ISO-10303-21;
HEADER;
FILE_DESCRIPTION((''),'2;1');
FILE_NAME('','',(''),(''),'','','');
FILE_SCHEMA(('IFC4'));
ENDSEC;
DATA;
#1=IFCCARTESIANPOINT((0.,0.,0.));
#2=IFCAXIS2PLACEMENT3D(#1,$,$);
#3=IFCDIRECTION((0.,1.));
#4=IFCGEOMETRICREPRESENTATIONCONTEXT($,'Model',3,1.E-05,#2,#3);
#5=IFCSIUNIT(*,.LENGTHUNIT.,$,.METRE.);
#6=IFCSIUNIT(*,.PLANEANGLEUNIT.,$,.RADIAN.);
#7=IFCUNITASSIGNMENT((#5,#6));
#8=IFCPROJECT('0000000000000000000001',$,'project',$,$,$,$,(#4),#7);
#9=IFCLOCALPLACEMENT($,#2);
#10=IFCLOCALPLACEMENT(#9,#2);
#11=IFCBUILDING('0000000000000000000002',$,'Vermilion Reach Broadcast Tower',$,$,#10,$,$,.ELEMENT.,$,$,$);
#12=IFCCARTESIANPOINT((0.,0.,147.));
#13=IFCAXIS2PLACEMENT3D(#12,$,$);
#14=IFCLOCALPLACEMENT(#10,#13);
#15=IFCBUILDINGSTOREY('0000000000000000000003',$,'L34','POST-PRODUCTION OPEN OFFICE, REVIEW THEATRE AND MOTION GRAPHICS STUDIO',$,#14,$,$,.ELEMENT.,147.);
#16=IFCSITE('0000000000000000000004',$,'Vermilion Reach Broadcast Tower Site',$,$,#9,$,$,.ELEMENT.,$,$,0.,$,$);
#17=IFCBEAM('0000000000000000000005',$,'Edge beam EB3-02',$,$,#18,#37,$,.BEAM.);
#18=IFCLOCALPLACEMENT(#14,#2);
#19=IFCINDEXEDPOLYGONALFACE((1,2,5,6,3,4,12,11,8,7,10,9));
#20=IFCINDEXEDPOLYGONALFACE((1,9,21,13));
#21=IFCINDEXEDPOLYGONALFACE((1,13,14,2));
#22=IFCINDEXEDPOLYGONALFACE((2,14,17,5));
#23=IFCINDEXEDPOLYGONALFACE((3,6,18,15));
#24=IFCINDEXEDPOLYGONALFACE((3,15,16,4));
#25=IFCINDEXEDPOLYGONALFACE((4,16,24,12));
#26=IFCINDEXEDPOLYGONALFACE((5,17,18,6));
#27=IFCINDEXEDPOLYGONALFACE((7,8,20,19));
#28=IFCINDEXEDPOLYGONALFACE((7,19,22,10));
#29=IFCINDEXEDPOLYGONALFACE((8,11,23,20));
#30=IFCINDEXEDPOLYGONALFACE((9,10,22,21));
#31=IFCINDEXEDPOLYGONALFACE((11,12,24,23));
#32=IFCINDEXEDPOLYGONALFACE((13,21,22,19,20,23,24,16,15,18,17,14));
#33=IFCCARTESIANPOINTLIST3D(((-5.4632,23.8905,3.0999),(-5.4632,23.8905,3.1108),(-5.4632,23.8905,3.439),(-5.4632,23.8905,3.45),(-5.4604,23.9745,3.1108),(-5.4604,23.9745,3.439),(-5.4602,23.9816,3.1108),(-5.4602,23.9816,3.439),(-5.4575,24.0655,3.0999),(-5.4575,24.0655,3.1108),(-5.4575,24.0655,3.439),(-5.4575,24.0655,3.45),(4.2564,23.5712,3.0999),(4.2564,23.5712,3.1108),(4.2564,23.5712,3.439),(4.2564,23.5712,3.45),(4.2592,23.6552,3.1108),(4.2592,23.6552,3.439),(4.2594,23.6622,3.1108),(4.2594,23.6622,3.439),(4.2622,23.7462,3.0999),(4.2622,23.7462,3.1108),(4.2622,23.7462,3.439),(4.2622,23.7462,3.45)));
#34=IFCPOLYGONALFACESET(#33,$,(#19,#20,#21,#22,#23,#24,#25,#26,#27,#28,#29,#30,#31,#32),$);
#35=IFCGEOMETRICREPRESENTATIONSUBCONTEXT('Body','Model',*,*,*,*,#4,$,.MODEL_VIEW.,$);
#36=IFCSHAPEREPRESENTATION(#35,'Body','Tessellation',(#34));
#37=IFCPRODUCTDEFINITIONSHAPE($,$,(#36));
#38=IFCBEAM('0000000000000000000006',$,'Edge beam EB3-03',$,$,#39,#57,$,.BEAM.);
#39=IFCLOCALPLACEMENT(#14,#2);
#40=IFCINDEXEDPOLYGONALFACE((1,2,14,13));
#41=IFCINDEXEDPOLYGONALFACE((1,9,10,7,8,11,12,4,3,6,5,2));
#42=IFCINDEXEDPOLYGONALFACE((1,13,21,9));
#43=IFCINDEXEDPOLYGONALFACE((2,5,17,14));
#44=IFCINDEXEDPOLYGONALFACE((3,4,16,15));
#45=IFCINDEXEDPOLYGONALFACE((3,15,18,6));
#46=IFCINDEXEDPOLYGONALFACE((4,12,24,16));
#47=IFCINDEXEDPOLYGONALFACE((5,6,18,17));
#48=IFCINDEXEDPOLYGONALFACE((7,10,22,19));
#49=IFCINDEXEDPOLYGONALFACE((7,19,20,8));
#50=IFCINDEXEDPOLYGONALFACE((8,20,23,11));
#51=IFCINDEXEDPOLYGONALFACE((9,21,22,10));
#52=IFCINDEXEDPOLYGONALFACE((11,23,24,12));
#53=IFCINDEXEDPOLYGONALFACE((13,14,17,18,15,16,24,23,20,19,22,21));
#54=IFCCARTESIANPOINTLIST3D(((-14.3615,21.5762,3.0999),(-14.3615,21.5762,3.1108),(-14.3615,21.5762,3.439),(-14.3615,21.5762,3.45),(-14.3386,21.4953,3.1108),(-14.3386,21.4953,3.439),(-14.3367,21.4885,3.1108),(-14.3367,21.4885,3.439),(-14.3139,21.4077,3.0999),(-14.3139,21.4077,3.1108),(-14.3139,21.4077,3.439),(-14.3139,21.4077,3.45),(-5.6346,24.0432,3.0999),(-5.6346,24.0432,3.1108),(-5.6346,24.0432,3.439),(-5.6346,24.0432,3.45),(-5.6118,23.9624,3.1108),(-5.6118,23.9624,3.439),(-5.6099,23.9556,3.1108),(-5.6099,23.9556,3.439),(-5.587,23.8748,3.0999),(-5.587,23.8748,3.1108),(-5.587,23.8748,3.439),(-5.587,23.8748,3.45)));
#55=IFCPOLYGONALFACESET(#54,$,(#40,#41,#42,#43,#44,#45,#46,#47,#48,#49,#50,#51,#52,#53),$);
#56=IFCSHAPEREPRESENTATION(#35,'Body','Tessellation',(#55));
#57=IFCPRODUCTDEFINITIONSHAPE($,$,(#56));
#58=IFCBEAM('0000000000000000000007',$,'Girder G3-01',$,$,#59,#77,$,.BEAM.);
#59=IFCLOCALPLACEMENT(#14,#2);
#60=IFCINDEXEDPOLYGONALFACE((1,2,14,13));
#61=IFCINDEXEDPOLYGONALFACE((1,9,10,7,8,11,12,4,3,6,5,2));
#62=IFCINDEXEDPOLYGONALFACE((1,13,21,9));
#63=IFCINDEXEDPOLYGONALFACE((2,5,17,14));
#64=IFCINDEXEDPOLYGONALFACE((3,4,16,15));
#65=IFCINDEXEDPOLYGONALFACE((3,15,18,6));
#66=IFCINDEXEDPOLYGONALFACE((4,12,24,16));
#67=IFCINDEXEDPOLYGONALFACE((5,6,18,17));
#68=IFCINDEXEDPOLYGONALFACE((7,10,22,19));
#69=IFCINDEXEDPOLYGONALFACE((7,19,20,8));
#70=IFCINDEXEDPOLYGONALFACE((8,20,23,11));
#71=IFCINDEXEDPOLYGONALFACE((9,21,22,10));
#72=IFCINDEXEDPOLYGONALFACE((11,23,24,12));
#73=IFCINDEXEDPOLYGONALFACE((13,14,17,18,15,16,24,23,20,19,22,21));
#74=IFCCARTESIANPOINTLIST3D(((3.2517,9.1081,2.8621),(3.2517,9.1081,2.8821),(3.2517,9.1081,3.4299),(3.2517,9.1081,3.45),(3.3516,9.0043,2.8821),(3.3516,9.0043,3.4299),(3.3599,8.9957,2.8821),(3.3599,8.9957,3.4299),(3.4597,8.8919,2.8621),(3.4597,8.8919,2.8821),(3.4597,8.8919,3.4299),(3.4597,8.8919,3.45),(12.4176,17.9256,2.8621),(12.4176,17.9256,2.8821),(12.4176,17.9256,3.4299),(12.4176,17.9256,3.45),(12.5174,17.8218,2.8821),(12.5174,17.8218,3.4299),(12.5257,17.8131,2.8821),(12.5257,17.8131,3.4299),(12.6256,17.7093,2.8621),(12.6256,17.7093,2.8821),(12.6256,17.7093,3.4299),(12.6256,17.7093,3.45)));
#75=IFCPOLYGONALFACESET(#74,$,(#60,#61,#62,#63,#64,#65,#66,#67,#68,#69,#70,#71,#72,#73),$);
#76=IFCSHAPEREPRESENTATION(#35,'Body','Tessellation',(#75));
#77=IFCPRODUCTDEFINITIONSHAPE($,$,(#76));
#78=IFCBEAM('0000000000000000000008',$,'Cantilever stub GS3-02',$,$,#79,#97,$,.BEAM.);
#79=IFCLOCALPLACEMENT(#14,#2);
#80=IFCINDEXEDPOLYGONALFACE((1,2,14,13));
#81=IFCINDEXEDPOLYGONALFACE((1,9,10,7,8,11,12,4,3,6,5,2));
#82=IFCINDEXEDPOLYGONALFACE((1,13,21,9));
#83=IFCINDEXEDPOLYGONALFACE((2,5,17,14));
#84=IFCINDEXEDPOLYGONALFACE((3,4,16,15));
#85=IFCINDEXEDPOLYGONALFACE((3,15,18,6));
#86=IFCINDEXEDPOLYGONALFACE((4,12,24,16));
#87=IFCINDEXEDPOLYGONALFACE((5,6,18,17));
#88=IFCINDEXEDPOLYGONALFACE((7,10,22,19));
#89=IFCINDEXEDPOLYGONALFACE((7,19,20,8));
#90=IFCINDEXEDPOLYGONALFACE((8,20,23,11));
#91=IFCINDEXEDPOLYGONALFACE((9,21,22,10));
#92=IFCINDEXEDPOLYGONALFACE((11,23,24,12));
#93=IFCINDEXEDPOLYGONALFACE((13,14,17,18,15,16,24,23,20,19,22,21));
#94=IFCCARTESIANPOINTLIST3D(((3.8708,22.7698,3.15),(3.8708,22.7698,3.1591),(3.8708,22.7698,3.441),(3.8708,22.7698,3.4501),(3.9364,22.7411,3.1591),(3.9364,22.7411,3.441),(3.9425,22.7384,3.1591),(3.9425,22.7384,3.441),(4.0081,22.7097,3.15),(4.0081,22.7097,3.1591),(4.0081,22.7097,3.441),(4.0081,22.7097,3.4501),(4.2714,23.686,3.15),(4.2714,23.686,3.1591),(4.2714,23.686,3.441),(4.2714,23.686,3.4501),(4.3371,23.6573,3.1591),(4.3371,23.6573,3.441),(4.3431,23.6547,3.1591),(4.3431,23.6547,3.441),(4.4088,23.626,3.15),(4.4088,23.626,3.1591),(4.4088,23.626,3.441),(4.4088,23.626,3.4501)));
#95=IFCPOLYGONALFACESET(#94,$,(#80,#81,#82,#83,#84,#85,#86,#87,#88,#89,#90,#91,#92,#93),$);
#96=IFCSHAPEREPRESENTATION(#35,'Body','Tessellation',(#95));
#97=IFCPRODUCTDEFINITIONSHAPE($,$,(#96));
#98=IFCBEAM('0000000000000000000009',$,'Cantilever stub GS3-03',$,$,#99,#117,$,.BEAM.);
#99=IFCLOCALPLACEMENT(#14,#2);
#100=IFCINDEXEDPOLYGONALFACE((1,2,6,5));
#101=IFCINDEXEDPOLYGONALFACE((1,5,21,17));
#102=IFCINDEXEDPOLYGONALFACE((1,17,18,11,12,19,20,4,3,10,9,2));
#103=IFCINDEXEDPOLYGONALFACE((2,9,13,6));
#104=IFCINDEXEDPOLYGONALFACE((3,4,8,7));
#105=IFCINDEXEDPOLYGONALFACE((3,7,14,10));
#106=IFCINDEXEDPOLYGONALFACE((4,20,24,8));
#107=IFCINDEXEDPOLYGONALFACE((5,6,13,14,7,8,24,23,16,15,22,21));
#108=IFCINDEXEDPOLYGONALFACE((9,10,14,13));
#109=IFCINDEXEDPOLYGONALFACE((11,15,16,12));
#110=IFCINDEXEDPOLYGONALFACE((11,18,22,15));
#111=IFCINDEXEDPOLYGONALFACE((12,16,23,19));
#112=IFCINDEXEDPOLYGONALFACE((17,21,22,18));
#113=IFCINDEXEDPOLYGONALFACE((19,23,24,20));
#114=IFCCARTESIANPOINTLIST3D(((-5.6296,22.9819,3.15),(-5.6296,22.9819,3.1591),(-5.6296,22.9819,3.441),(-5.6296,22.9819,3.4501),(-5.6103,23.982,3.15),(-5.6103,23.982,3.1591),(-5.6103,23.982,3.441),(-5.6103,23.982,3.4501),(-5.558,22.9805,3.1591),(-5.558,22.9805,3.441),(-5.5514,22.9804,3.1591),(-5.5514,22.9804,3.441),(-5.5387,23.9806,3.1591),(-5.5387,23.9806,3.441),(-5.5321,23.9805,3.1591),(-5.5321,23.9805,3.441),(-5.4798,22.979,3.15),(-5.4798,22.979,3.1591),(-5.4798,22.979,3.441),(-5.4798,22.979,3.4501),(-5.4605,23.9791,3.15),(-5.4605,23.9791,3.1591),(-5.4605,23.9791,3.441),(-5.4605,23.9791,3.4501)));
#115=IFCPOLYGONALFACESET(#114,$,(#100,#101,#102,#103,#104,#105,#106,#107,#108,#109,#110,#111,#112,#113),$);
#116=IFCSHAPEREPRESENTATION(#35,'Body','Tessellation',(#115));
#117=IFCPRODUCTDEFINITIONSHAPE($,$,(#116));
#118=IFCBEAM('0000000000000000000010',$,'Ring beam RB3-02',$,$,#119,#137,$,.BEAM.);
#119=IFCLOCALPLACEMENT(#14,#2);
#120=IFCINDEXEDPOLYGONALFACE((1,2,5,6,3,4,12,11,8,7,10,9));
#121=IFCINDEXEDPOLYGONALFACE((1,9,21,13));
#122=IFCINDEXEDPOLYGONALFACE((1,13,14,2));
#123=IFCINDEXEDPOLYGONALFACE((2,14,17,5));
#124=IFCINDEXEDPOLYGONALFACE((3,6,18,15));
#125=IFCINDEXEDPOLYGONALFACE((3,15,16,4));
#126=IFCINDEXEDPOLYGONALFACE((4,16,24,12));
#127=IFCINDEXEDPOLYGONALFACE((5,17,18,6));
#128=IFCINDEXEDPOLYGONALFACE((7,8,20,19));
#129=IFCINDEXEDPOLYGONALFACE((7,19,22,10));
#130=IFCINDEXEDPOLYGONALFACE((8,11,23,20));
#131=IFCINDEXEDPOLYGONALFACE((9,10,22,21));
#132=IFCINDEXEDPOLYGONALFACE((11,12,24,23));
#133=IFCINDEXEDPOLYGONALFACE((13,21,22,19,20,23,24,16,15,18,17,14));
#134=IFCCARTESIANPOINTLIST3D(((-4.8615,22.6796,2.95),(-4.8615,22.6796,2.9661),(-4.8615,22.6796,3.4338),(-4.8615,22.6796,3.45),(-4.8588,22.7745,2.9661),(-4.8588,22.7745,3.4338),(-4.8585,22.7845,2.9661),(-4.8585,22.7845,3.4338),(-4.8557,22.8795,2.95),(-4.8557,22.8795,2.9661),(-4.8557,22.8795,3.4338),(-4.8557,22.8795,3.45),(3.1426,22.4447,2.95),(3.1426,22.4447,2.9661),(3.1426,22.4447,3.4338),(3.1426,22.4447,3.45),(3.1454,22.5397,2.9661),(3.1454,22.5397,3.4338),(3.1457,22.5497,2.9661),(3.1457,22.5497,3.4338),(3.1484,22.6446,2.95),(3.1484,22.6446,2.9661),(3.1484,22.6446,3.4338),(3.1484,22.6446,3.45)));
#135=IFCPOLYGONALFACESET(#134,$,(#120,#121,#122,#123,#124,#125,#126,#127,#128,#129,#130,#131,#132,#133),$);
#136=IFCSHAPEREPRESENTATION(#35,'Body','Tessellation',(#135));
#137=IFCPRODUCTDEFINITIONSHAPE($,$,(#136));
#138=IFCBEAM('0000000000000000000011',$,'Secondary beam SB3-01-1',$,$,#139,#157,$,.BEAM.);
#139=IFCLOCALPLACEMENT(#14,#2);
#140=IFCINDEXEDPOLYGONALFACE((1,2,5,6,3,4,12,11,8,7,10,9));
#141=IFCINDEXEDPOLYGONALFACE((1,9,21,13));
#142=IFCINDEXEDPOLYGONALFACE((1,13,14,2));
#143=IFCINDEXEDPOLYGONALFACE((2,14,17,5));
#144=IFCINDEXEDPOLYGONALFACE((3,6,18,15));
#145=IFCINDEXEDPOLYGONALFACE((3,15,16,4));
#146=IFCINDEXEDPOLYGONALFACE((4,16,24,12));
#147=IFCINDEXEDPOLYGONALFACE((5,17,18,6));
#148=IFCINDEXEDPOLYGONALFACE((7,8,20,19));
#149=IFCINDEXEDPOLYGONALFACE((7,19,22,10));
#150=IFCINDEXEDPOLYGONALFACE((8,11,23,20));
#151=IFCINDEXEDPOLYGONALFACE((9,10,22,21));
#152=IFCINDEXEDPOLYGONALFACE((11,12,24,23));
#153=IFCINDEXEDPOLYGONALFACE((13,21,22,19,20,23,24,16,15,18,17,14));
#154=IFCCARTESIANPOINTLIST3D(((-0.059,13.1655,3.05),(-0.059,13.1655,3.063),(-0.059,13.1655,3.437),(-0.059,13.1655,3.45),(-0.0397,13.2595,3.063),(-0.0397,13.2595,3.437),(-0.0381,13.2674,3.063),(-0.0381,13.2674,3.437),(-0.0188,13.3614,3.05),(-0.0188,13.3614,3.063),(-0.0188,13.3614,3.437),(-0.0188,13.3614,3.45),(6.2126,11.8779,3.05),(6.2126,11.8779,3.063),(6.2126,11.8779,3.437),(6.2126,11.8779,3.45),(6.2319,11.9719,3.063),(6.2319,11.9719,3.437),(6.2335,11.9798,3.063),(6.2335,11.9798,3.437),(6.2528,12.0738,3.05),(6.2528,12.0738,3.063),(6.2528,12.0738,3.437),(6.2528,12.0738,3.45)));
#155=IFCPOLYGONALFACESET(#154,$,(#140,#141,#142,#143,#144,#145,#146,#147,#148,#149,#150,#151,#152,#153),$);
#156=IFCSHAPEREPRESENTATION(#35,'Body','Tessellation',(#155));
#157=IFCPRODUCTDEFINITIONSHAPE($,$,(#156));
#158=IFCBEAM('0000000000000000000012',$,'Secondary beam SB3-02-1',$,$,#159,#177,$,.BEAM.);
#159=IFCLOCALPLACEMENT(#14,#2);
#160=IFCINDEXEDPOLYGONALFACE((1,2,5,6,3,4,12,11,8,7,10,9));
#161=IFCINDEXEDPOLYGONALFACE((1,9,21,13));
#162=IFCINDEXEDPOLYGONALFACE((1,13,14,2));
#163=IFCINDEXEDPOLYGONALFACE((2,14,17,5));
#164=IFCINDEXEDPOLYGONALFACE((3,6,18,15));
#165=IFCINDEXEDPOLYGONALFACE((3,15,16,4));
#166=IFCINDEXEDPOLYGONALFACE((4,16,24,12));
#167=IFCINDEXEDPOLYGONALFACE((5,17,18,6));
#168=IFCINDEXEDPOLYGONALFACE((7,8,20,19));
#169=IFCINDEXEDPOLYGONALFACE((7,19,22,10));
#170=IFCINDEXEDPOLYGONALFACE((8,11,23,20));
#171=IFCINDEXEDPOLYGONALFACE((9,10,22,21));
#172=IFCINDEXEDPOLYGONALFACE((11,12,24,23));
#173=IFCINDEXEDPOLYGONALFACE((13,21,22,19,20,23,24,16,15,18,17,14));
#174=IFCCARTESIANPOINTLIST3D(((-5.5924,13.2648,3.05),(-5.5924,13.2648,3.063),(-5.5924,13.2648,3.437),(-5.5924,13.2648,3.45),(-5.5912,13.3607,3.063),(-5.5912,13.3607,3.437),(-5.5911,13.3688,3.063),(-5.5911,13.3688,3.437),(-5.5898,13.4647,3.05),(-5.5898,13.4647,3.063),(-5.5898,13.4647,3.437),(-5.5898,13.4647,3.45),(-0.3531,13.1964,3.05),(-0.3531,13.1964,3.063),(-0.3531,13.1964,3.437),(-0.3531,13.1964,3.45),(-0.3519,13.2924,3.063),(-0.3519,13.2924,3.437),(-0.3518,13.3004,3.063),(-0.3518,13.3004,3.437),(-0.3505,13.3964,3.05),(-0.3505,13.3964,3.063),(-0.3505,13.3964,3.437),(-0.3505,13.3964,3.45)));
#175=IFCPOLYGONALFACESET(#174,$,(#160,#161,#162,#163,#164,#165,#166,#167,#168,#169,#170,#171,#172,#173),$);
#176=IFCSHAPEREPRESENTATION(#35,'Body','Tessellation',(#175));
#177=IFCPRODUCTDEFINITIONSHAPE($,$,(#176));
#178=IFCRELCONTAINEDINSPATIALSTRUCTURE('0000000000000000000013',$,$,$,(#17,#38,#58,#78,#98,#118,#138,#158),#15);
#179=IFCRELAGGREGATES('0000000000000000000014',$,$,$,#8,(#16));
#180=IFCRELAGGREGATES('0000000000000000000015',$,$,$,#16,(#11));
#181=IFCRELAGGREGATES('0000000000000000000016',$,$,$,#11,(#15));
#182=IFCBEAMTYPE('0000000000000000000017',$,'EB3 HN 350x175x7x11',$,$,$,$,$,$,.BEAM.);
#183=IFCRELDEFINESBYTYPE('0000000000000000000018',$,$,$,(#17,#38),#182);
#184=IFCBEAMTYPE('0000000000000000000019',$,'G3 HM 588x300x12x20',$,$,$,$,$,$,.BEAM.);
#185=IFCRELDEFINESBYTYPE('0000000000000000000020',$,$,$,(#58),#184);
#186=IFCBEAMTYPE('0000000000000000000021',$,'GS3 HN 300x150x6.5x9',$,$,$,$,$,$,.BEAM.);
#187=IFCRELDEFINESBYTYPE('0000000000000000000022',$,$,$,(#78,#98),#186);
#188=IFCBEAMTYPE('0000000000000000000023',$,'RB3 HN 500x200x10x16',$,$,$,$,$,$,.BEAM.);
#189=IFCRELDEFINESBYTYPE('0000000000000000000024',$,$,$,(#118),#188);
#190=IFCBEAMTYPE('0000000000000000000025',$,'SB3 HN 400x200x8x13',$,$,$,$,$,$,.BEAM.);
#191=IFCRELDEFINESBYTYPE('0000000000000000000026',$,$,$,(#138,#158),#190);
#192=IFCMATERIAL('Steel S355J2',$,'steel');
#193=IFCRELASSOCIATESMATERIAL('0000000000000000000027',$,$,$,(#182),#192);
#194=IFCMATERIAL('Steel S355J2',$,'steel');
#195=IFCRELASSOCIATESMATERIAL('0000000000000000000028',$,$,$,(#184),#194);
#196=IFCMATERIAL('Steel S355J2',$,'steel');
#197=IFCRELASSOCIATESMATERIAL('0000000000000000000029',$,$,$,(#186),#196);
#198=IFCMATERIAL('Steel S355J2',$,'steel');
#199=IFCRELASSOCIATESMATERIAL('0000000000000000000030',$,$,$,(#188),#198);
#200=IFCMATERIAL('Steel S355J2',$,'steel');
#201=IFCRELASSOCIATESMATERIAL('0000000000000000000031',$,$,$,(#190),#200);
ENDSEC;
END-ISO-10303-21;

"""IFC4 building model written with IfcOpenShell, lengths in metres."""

from ifc_helpers import new_model, si_unit, direction, frame, origin, origin_2d, place, context, subcontext, project, spatial, i_section, extrude, material, material_profile, profile_set, type_object, element, save


model = new_model("IFC4")

# Units and contexts
model_context = context("Model", 3, precision=1e-05, world=origin(), true_north=direction((0.0, 1.0)))
body_context = subcontext(model_context, "Body", "Model", "MODEL_VIEW")
ifc_project = project(units=[si_unit("LENGTHUNIT", "METRE"), si_unit("PLANEANGLEUNIT", "RADIAN")], contexts=[model_context])

# Site, building, storey
site_placement = place(None, origin())
site = spatial("IfcSite", under=ifc_project, at=site_placement, Name="Vermilion Reach Broadcast Tower Site", CompositionType="ELEMENT", RefElevation=0.0)
building_placement = place(site_placement, origin())
building = spatial("IfcBuilding", under=site, at=building_placement, Name="Vermilion Reach Broadcast Tower", CompositionType="ELEMENT")
storey_placement = place(building_placement, frame((0.0, 0.0, 147.0)))
storey = spatial("IfcBuildingStorey", under=building, at=storey_placement, Name="L34", Description="POST-PRODUCTION OPEN OFFICE, REVIEW THEATRE AND MOTION GRAPHICS STUDIO", CompositionType="ELEMENT", Elevation=147.0)

# Beams
ifc_material_1 = material(Name="Steel S355J2", Category="steel")
ifc_material_profile_1 = material_profile(ifc_material_1, i_section(OverallWidth=0.175, OverallDepth=0.3501, WebThickness=0.0071, FlangeThickness=0.011, at=origin_2d()), Name="S355J2 HN 350x175x7x11")
ifc_profile_set_1 = profile_set([ifc_material_profile_1], Name="Steel S355J2")
beam_type_1 = type_object("IfcBeamType", Name="EB3 HN 350x175x7x11", PredefinedType="BEAM", material=ifc_profile_set_1)
beam_1_placement = place(storey_placement, frame((4.2593, 23.6587, 3.2749), z_axis=(-0.999461, 0.032837, 0.0), x_axis=(-0.032837, -0.999461, 0.0)))
element("IfcBeam", 1, at=beam_1_placement, inside=storey, type_object=beam_type_1, Name="Edge beam EB3-02", PredefinedType="BEAM", context=body_context, shape_type="SweptSolid", body=[
    extrude(i_section(OverallWidth=0.175, OverallDepth=0.3501, WebThickness=0.0071, FlangeThickness=0.011, at=origin_2d()), origin(), (0.0, 0.0, 1.0), 9.7249),
])
beam_2_placement = place(storey_placement, frame((-5.6108, 23.959, 3.2749), z_axis=(-0.962287, -0.272036, 0.0), x_axis=(0.272036, -0.962287, 0.0)))
element("IfcBeam", 2, at=beam_2_placement, inside=storey, type_object=beam_type_1, Name="Edge beam EB3-03", PredefinedType="BEAM", context=body_context, shape_type="SweptSolid", body=[
    extrude(i_section(OverallWidth=0.175, OverallDepth=0.3501, WebThickness=0.0071, FlangeThickness=0.011, at=origin_2d()), origin(), (0.0, 0.0, 1.0), 9.0688),
])
ifc_material_2 = material(Name="Steel S355J2", Category="steel")
ifc_material_profile_2 = material_profile(ifc_material_2, i_section(OverallWidth=0.3, OverallDepth=0.5879, WebThickness=0.012, FlangeThickness=0.02, at=origin_2d()), Name="S355J2 HM 588x300x12x20")
ifc_profile_set_2 = profile_set([ifc_material_profile_2], Name="Steel S355J2")
beam_type_2 = type_object("IfcBeamType", Name="G3 HM 588x300x12x20", PredefinedType="BEAM", material=ifc_profile_set_2)
beam_3_placement = place(storey_placement, frame((3.3557, 9.0, 3.156), z_axis=(0.72067, 0.693278, 0.0), x_axis=(-0.693278, 0.72067, 0.0)))
element("IfcBeam", 3, at=beam_3_placement, inside=storey, type_object=beam_type_2, Name="Girder G3-01", PredefinedType="BEAM", context=body_context, shape_type="SweptSolid", body=[
    extrude(i_section(OverallWidth=0.3, OverallDepth=0.5879, WebThickness=0.012, FlangeThickness=0.02, at=origin_2d()), origin(), (0.0, 0.0, 1.0), 12.7185),
])
ifc_material_3 = material(Name="Steel S355J2", Category="steel")
ifc_material_profile_3 = material_profile(ifc_material_3, i_section(OverallWidth=0.1499, OverallDepth=0.3, WebThickness=0.0066, FlangeThickness=0.009, at=origin_2d()), Name="S355J2 HN 300x150x6.5x9")
ifc_profile_set_3 = profile_set([ifc_material_profile_3], Name="Steel S355J2")
beam_type_3 = type_object("IfcBeamType", Name="GS3 HN 300x150x6.5x9", PredefinedType="BEAM", material=ifc_profile_set_3)
beam_4_placement = place(storey_placement, frame((3.9395, 22.7397, 3.3), z_axis=(0.400627, 0.916241, 0.0), x_axis=(-0.916241, 0.400627, 0.0)))
element("IfcBeam", 4, at=beam_4_placement, inside=storey, type_object=beam_type_3, Name="Cantilever stub GS3-02", PredefinedType="BEAM", context=body_context, shape_type="SweptSolid", body=[
    extrude(i_section(OverallWidth=0.1499, OverallDepth=0.3, WebThickness=0.0066, FlangeThickness=0.009, at=origin_2d()), origin(), (0.0, 0.0, 1.0), 1.0),
])
beam_5_placement = place(storey_placement, frame((-5.5547, 22.9805, 3.3), z_axis=(0.019284, 0.999814, 0.0), x_axis=(-0.999814, 0.019284, 0.0)))
element("IfcBeam", 5, at=beam_5_placement, inside=storey, type_object=beam_type_3, Name="Cantilever stub GS3-03", PredefinedType="BEAM", context=body_context, shape_type="SweptSolid", body=[
    extrude(i_section(OverallWidth=0.1499, OverallDepth=0.3, WebThickness=0.0066, FlangeThickness=0.009, at=origin_2d()), origin(), (0.0, 0.0, 1.0), 1.0002),
])
ifc_material_4 = material(Name="Steel S355J2", Category="steel")
ifc_material_profile_4 = material_profile(ifc_material_4, i_section(OverallWidth=0.2, OverallDepth=0.5, WebThickness=0.01, FlangeThickness=0.0161, at=origin_2d()), Name="S355J2 HN 500x200x10x16")
ifc_profile_set_4 = profile_set([ifc_material_profile_4], Name="Steel S355J2")
beam_type_4 = type_object("IfcBeamType", Name="RB3 HN 500x200x10x16", PredefinedType="BEAM", material=ifc_profile_set_4)
beam_6_placement = place(storey_placement, frame((3.1455, 22.5447, 3.2), z_axis=(-0.99957, 0.02933, 0.0), x_axis=(-0.02933, -0.99957, 0.0)))
element("IfcBeam", 6, at=beam_6_placement, inside=storey, type_object=beam_type_4, Name="Ring beam RB3-02", PredefinedType="BEAM", context=body_context, shape_type="SweptSolid", body=[
    extrude(i_section(OverallWidth=0.2, OverallDepth=0.5, WebThickness=0.01, FlangeThickness=0.0161, at=origin_2d()), origin(), (0.0, 0.0, 1.0), 8.0076),
])
ifc_material_5 = material(Name="Steel S355J2", Category="steel")
ifc_material_profile_5 = material_profile(ifc_material_5, i_section(OverallWidth=0.2, OverallDepth=0.3999, WebThickness=0.0081, FlangeThickness=0.0129, at=origin_2d()), Name="S355J2 HN 400x200x8x13")
ifc_profile_set_5 = profile_set([ifc_material_profile_5], Name="Steel S355J2")
beam_type_5 = type_object("IfcBeamType", Name="SB3 HN 400x200x8x13", PredefinedType="BEAM", material=ifc_profile_set_5)
beam_7_placement = place(storey_placement, frame((6.2327, 11.9758, 3.25), z_axis=(-0.979568, 0.201115, 0.0), x_axis=(-0.201115, -0.979568, 0.0)))
element("IfcBeam", 7, at=beam_7_placement, inside=storey, type_object=beam_type_5, Name="Secondary beam SB3-01-1", PredefinedType="BEAM", context=body_context, shape_type="SweptSolid", body=[
    extrude(i_section(OverallWidth=0.2, OverallDepth=0.3999, WebThickness=0.0081, FlangeThickness=0.0129, at=origin_2d()), origin(), (0.0, 0.0, 1.0), 6.4023),
])
beam_8_placement = place(storey_placement, frame((-0.3518, 13.2964, 3.25), z_axis=(-0.999915, 0.013046, 0.0), x_axis=(-0.013046, -0.999915, 0.0)))
element("IfcBeam", 8, at=beam_8_placement, inside=storey, type_object=beam_type_5, Name="Secondary beam SB3-02-1", PredefinedType="BEAM", context=body_context, shape_type="SweptSolid", body=[
    extrude(i_section(OverallWidth=0.2, OverallDepth=0.3999, WebThickness=0.0081, FlangeThickness=0.0129, at=origin_2d()), origin(), (0.0, 0.0, 1.0), 5.2397),
])

save(model, "model.ifc")
